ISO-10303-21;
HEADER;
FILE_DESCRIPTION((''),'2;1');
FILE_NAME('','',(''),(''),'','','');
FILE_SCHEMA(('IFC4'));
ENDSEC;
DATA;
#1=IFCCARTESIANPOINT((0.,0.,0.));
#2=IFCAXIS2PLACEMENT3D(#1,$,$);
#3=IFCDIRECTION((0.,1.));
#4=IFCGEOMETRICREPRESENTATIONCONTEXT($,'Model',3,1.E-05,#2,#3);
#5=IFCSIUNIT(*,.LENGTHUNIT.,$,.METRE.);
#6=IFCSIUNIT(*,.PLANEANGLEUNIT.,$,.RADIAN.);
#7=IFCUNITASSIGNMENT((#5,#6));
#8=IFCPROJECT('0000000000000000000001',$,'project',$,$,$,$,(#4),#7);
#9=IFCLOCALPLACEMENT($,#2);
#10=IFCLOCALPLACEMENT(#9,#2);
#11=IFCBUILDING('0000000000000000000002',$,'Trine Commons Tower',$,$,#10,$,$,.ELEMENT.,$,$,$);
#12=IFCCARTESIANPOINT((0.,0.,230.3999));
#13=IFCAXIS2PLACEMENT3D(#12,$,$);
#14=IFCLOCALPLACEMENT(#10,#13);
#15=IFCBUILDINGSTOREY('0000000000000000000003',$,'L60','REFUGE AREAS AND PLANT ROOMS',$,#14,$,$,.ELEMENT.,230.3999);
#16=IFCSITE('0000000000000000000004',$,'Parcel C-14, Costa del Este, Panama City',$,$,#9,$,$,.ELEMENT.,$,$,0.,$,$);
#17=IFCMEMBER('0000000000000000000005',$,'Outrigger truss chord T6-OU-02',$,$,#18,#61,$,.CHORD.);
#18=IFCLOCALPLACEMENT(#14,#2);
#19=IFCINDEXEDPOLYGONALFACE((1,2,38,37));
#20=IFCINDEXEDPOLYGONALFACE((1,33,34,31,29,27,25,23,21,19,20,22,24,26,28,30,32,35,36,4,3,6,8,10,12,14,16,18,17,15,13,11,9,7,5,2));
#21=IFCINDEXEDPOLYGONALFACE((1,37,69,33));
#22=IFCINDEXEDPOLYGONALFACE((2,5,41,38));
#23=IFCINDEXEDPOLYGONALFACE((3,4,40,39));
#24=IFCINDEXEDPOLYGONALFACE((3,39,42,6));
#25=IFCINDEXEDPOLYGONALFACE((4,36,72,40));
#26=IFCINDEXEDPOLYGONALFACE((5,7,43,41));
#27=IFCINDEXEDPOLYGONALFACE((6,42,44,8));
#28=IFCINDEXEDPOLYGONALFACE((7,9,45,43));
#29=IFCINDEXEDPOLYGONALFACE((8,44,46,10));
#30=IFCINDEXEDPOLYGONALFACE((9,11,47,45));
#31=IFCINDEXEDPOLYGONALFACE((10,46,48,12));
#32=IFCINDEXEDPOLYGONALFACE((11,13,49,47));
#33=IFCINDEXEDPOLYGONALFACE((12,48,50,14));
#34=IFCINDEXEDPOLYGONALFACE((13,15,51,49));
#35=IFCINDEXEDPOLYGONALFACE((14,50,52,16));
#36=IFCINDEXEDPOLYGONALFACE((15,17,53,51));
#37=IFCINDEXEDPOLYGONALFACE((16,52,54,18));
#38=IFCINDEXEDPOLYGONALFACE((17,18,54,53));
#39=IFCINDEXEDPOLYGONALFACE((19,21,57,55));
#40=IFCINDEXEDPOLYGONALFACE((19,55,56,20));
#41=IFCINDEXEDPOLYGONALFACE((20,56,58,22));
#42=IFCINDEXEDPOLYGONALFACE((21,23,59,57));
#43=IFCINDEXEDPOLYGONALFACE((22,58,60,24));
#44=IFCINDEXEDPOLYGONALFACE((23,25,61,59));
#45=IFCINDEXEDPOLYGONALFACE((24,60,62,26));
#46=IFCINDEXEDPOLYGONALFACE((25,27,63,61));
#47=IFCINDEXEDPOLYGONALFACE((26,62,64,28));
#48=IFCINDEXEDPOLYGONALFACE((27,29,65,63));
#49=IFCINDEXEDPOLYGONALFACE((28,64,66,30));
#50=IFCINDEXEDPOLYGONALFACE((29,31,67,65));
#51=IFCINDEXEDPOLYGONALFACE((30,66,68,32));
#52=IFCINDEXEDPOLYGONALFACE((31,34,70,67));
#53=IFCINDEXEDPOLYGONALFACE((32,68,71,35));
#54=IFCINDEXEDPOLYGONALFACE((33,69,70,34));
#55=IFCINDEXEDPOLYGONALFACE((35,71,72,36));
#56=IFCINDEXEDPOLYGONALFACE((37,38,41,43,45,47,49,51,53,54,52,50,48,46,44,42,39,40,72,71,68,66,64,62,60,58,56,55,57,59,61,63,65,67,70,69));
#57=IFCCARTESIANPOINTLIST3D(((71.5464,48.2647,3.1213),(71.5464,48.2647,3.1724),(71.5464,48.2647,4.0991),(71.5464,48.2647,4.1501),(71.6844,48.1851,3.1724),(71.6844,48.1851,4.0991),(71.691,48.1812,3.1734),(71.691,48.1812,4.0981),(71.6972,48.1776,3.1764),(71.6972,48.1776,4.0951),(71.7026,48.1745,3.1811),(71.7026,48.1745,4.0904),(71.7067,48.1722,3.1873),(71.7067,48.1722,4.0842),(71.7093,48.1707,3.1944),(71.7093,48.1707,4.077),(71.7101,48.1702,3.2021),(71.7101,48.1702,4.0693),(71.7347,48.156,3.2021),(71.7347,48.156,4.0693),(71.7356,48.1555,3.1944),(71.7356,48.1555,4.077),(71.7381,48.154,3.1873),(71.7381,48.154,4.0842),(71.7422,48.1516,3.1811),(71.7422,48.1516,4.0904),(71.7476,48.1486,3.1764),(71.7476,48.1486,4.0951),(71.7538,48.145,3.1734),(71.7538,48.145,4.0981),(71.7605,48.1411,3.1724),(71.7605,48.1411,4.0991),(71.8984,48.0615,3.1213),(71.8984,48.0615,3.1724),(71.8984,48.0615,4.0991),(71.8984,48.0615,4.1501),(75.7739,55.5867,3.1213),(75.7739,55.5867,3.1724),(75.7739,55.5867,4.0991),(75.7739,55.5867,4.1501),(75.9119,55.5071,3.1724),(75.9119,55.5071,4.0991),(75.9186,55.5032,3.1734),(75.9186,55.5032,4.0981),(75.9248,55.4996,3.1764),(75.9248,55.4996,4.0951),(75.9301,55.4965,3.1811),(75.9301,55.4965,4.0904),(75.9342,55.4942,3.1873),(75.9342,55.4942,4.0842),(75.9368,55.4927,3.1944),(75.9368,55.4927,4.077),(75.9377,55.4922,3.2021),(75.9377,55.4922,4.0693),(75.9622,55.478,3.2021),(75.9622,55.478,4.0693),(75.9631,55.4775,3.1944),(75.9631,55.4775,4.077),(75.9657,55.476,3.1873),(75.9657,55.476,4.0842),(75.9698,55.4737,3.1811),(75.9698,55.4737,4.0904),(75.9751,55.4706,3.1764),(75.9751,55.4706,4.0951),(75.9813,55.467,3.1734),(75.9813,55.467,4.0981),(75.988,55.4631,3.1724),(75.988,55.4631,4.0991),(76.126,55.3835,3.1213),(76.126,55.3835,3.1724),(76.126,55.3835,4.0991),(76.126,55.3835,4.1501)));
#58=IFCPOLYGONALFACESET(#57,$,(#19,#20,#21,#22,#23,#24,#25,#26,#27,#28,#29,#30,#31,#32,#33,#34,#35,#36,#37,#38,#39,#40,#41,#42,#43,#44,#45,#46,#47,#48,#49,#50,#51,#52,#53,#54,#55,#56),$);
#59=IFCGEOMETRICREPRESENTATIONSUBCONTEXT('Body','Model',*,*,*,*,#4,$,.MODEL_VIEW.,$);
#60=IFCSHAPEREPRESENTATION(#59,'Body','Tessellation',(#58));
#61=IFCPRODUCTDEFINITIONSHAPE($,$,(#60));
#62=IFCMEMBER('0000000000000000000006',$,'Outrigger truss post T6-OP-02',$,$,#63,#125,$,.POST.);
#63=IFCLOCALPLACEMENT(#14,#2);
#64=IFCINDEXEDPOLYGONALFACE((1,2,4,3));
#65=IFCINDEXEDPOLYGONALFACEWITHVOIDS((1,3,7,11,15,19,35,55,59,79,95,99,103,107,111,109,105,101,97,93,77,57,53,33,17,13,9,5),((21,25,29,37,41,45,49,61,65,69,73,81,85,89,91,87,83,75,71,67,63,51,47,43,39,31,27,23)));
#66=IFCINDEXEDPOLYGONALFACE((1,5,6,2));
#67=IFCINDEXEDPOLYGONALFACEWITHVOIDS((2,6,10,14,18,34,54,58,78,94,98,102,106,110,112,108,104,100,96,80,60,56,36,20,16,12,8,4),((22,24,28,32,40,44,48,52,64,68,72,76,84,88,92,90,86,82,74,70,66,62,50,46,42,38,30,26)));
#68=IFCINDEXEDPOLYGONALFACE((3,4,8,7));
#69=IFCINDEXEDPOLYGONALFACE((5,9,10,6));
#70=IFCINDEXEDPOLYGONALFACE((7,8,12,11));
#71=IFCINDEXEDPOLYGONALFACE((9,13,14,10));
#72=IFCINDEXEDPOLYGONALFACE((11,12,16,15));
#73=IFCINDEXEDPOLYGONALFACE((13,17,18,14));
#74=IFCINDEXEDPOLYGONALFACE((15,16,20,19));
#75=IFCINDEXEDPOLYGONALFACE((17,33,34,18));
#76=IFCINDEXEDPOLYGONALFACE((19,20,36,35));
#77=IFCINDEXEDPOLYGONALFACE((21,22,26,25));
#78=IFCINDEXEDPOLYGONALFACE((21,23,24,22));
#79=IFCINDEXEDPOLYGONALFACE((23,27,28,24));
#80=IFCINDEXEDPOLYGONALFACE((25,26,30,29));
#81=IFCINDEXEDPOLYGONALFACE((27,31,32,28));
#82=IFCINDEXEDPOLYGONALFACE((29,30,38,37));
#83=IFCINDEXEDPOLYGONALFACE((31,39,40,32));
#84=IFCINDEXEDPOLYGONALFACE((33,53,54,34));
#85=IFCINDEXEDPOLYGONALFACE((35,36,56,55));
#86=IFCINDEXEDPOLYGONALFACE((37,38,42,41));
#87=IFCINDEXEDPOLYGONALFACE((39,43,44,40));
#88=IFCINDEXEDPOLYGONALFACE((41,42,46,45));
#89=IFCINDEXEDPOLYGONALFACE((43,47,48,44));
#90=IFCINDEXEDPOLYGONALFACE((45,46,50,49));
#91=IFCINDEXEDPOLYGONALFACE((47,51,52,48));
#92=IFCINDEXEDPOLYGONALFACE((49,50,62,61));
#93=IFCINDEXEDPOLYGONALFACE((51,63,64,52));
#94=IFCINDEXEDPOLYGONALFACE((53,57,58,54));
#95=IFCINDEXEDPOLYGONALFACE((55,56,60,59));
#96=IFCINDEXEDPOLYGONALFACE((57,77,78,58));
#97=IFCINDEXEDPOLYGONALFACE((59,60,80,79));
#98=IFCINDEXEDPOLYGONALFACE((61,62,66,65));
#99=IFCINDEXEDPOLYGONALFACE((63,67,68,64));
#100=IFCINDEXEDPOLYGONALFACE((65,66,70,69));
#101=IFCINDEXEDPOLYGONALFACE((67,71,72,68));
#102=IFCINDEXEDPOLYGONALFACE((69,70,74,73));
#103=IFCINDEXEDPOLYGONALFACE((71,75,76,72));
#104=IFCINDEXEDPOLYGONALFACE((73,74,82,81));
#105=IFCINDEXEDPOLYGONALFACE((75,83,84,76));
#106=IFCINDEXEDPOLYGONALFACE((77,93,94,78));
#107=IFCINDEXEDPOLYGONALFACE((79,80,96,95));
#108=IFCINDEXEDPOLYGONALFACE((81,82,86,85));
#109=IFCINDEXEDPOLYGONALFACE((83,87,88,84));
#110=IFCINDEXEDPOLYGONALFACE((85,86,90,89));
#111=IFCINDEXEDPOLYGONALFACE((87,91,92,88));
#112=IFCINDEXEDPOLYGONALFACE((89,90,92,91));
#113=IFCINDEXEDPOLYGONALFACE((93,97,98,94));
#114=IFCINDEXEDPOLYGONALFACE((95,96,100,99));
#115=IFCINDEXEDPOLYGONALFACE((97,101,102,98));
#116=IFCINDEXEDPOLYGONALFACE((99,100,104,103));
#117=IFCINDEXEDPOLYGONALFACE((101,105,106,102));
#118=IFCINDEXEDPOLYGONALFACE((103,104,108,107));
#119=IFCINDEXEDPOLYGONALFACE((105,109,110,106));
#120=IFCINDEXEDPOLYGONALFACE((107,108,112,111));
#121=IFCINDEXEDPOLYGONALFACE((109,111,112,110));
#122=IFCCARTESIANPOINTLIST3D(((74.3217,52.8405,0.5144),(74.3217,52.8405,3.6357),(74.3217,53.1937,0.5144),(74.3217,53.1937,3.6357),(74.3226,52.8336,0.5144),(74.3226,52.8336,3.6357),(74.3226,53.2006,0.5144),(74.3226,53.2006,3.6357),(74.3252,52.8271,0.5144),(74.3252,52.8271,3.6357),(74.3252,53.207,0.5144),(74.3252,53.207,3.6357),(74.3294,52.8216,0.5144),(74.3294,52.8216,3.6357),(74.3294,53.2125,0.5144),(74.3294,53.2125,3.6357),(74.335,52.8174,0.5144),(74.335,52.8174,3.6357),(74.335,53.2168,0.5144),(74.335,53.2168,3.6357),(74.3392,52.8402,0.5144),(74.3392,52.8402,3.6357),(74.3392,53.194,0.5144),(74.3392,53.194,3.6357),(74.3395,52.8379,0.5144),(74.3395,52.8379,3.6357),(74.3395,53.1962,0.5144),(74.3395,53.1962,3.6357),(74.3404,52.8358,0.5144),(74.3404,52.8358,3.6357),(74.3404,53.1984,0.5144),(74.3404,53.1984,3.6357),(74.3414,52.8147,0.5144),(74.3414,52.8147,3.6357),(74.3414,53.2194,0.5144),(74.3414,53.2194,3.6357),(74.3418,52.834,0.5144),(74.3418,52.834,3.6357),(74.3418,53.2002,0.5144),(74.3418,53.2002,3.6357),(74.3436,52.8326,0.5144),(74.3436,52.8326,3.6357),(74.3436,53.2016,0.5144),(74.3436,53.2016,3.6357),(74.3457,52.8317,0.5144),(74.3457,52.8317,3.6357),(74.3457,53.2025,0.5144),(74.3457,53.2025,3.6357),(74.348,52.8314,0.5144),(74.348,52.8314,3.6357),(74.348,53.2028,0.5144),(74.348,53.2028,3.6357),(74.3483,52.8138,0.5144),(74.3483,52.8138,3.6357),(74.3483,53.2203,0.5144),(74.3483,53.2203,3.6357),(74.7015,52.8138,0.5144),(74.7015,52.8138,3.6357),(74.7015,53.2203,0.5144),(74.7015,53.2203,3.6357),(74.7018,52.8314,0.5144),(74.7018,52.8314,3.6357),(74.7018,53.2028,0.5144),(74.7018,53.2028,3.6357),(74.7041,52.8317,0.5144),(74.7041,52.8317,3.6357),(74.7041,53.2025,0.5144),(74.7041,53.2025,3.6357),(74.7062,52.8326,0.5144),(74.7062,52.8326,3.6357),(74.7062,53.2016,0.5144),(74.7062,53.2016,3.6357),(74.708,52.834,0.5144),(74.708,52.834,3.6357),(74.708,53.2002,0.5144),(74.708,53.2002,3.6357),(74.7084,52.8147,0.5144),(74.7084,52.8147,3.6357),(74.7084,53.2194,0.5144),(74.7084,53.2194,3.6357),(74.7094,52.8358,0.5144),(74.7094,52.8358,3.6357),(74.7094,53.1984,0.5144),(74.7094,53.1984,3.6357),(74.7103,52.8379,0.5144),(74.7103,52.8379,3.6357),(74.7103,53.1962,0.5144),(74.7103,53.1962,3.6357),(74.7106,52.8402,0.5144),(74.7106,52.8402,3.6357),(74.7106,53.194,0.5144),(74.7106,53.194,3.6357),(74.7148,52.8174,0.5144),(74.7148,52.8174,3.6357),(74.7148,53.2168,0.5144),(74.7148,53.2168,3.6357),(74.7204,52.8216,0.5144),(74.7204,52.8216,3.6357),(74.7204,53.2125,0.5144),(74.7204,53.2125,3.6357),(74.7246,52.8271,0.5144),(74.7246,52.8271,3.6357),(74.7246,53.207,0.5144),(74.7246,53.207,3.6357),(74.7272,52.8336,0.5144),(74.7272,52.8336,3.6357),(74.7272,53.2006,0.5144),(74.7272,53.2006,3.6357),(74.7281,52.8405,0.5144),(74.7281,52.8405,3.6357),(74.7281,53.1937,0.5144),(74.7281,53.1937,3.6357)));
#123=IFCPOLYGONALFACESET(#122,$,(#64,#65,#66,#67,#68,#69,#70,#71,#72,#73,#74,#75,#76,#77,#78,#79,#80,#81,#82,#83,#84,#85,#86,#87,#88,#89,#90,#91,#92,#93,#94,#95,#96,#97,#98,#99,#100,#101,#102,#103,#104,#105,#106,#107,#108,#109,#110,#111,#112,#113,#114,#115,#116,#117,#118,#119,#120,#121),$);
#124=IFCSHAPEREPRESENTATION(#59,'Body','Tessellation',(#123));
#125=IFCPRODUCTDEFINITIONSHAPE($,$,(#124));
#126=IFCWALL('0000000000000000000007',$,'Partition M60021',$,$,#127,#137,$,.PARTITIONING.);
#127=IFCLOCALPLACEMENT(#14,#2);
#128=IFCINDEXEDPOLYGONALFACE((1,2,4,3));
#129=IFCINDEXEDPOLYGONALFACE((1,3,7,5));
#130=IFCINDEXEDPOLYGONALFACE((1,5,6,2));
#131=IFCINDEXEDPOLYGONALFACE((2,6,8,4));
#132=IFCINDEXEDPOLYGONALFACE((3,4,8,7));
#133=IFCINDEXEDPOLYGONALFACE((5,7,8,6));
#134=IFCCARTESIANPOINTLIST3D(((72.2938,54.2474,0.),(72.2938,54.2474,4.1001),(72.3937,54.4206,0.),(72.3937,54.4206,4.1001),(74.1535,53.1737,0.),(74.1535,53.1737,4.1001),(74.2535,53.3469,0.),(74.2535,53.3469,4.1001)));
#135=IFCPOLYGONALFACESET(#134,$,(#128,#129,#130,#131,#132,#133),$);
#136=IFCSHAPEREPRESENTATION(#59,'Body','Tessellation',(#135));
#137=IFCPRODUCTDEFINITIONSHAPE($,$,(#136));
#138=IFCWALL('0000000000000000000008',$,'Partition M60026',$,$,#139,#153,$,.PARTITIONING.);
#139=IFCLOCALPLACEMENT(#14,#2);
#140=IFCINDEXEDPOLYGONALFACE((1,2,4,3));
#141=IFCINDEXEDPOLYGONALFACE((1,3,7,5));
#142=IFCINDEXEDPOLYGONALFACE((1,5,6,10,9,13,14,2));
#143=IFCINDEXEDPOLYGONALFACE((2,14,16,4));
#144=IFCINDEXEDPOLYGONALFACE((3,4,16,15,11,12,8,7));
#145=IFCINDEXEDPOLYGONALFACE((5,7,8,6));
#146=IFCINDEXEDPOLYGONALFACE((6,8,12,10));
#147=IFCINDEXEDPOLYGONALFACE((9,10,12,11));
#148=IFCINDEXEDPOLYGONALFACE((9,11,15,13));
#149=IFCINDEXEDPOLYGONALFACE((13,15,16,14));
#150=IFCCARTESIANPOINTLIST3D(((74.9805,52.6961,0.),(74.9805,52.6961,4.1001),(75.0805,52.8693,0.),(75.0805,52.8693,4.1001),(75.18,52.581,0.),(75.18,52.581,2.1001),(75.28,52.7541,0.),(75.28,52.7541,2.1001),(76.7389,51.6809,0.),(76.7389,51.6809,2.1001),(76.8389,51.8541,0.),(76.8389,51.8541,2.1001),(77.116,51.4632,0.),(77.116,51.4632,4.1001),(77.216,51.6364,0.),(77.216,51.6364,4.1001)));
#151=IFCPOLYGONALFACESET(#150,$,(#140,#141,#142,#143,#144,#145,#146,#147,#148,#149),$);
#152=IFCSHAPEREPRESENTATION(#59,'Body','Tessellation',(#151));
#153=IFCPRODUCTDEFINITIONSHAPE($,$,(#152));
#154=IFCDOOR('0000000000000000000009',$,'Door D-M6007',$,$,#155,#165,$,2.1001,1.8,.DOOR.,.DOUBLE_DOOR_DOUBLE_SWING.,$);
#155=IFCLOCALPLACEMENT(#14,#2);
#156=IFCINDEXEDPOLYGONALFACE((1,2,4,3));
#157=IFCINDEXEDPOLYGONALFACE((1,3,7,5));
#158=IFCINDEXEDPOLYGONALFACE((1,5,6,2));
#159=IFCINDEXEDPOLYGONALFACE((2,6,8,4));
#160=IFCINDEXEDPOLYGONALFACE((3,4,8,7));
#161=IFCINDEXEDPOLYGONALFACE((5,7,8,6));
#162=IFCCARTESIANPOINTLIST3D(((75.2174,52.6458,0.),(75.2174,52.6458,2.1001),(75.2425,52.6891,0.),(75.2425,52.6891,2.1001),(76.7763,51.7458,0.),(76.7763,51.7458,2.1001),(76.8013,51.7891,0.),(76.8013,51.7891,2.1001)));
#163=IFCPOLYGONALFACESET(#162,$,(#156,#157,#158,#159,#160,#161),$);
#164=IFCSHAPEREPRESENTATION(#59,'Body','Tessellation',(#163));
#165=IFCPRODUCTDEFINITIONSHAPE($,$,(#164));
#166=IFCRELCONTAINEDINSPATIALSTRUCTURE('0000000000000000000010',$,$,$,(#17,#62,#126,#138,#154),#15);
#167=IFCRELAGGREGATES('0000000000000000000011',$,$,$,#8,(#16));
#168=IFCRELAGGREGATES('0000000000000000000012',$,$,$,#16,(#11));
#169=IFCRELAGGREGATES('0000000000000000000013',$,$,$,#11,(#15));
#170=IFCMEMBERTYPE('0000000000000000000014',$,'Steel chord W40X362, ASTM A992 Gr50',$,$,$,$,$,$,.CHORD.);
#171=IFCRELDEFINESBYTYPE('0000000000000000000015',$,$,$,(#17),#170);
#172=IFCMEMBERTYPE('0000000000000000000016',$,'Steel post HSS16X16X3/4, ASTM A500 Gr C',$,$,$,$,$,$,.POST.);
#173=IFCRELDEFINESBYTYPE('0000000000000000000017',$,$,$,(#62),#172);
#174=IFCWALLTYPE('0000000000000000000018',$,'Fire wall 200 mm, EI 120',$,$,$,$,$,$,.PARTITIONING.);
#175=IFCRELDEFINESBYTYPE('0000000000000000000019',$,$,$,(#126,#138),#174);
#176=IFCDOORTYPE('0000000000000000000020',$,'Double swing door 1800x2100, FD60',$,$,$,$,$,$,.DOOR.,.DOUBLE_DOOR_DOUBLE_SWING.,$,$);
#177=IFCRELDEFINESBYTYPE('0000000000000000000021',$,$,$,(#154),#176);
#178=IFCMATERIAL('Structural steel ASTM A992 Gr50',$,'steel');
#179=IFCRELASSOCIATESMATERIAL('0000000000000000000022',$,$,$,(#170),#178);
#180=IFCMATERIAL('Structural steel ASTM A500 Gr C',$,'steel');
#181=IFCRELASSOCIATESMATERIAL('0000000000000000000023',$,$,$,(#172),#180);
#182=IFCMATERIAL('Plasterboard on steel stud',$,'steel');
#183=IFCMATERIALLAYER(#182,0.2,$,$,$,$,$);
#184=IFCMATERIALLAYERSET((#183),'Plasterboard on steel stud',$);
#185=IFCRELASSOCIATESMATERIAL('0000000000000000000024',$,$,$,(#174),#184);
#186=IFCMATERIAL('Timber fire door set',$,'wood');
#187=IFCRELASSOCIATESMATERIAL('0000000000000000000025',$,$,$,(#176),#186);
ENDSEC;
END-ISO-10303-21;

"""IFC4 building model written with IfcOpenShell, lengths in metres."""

from ifc_helpers import new_model, si_unit, direction, frame, frame_2d, origin, origin_2d, place, context, subcontext, project, spatial, rectangle, hollow_rectangle, i_section, extrude, material, layer, layer_set, material_profile, profile_set, type_object, element, fill, save


model = new_model("IFC4")

# Units and contexts
model_context = context("Model", 3, precision=1e-05, world=origin(), true_north=direction((0.0, 1.0)))
body_context = subcontext(model_context, "Body", "Model", "MODEL_VIEW")
ifc_project = project(units=[si_unit("LENGTHUNIT", "METRE"), si_unit("PLANEANGLEUNIT", "RADIAN")], contexts=[model_context])

# Site, building, storey
site_placement = place(None, origin())
site = spatial("IfcSite", under=ifc_project, at=site_placement, Name="Parcel C-14, Costa del Este, Panama City", CompositionType="ELEMENT", RefElevation=0.0)
building_placement = place(site_placement, origin())
building = spatial("IfcBuilding", under=site, at=building_placement, Name="Trine Commons Tower", CompositionType="ELEMENT")
storey_placement = place(building_placement, frame((0.0, 0.0, 230.3999)))
storey = spatial("IfcBuildingStorey", under=building, at=storey_placement, Name="L60", Description="REFUGE AREAS AND PLANT ROOMS", CompositionType="ELEMENT", Elevation=230.3999)

# Members
ifc_material_1 = material(Name="Structural steel ASTM A500 Gr C", Category="steel")
ifc_material_2 = material(Name="Structural steel ASTM A992 Gr50", Category="steel")
ifc_material_profile_1 = material_profile(ifc_material_2, i_section(OverallWidth=0.4065, OverallDepth=1.0288, WebThickness=0.0283, FlangeThickness=0.051, FilletRadius=0.0298, at=origin_2d()), Name="W40X362")
ifc_profile_set_1 = profile_set([ifc_material_profile_1], Name="Structural steel ASTM A992 Gr50")
member_type_1 = type_object("IfcMemberType", Name="Steel chord W40X362, ASTM A992 Gr50", PredefinedType="CHORD", material=ifc_profile_set_1)
member_1_placement = place(storey_placement, frame((75.95, 55.4851, 3.6357), z_axis=(-0.500015, -0.866017, 0.0), x_axis=(0.866017, -0.500015, 0.0)))
element("IfcMember", 1, at=member_1_placement, inside=storey, type_object=member_type_1, Name="Outrigger truss chord T6-OU-02", PredefinedType="CHORD", context=body_context, shape_type="SweptSolid", body=[
    extrude(i_section(OverallWidth=0.4065, OverallDepth=1.0288, WebThickness=0.0283, FlangeThickness=0.051, FilletRadius=0.0298, at=origin_2d()), origin(), (0.0, 0.0, 1.0), 8.4548),
])
ifc_material_profile_2 = material_profile(ifc_material_1, hollow_rectangle(XDim=0.4065, YDim=0.4065, WallThickness=0.0176, InnerFilletRadius=0.0088, OuterFilletRadius=0.0266, at=origin_2d()), Name="HSS16X16X3/4")
ifc_profile_set_2 = profile_set([ifc_material_profile_2], Name="Structural steel ASTM A500 Gr C")
member_type_2 = type_object("IfcMemberType", Name="Steel post HSS16X16X3/4, ASTM A500 Gr C", PredefinedType="POST", material=ifc_profile_set_2)
member_2_placement = place(storey_placement, frame((74.5249, 53.0171, 0.5144), z_axis=(0.0, 0.0, 1.0), x_axis=(1.0, 0.0, 0.0)))
element("IfcMember", 2, at=member_2_placement, inside=storey, type_object=member_type_2, Name="Outrigger truss post T6-OP-02", PredefinedType="POST", context=body_context, shape_type="SweptSolid", body=[
    extrude(hollow_rectangle(XDim=0.4065, YDim=0.4065, WallThickness=0.0176, InnerFilletRadius=0.0088, OuterFilletRadius=0.0266, at=origin_2d()), origin(), (0.0, 0.0, 1.0), 3.1213),
])

# Wall
ifc_material_3 = material(Name="Plasterboard on steel stud", Category="steel")
ifc_layer_1 = layer(ifc_material_3, 0.2)
ifc_layer_set_1 = layer_set([ifc_layer_1], Name="Plasterboard on steel stud")
wall_type_1 = type_object("IfcWallType", Name="Fire wall 200 mm, EI 120", PredefinedType="PARTITIONING", material=ifc_layer_set_1)
wall_1_placement = place(storey_placement, frame((72.3438, 54.334, 0.0), z_axis=(0.0, 0.0, 1.0), x_axis=(0.866038, -0.499978, 0.0)))
element("IfcWall", 3, at=wall_1_placement, inside=storey, type_object=wall_type_1, Name="Partition M60021", PredefinedType="PARTITIONING", context=body_context, shape_type="SweptSolid", body=[
    extrude(rectangle(XDim=2.1475, YDim=0.2, at=frame_2d((1.0737, 0.0))), origin(), (0.0, 0.0, 1.0), 4.1001),
])

# Wall, opening, door
wall_2_placement = place(storey_placement, frame((75.0305, 52.7827, 0.0), z_axis=(0.0, 0.0, 1.0), x_axis=(0.866029, -0.499994, 0.0)))
wall_2 = element("IfcWall", 4, at=wall_2_placement, inside=storey, type_object=wall_type_1, Name="Partition M60026", PredefinedType="PARTITIONING", context=body_context, shape_type="SweptSolid", body=[
    extrude(rectangle(XDim=2.4658, YDim=0.2, at=frame_2d((1.2329, 0.0))), origin(), (0.0, 0.0, 1.0), 4.1001),
])
opening_1_placement = place(wall_2_placement, frame((0.2305, 0.0, 0.0)))
opening_1 = element("IfcOpeningElement", 5, at=opening_1_placement, cuts=wall_2, PredefinedType="OPENING", context=body_context, shape_type="SweptSolid", body=[
    extrude(rectangle(XDim=1.8, YDim=2.1001, at=frame_2d((0.8999, 1.05))), frame((0.0, 0.1099, 0.0), z_axis=(0.0, -1.0, 0.0), x_axis=(1.0, 0.0, 0.0)), (0.0, 0.0, 1.0), 0.22),
])
ifc_material_4 = material(Name="Timber fire door set", Category="wood")
door_type_1 = type_object("IfcDoorType", Name="Double swing door 1800x2100, FD60", OperationType="DOUBLE_DOOR_DOUBLE_SWING", PredefinedType="DOOR", material=ifc_material_4)
door_1_placement = place(opening_1_placement, origin())
door_1 = element("IfcDoor", 6, at=door_1_placement, inside=storey, type_object=door_type_1, Name="Door D-M6007", OperationType="DOUBLE_DOOR_DOUBLE_SWING", OverallHeight=2.1001, OverallWidth=1.8, PredefinedType="DOOR", context=body_context, shape_type="SweptSolid", body=[
    extrude(rectangle(XDim=1.8, YDim=2.1001, at=frame_2d((0.8999, 1.05))), frame((0.0, 0.0249, 0.0), z_axis=(0.0, -1.0, 0.0), x_axis=(1.0, 0.0, 0.0)), (0.0, 0.0, 1.0), 0.05),
])
fill(opening_1, door_1)

save(model, "model.ifc")
